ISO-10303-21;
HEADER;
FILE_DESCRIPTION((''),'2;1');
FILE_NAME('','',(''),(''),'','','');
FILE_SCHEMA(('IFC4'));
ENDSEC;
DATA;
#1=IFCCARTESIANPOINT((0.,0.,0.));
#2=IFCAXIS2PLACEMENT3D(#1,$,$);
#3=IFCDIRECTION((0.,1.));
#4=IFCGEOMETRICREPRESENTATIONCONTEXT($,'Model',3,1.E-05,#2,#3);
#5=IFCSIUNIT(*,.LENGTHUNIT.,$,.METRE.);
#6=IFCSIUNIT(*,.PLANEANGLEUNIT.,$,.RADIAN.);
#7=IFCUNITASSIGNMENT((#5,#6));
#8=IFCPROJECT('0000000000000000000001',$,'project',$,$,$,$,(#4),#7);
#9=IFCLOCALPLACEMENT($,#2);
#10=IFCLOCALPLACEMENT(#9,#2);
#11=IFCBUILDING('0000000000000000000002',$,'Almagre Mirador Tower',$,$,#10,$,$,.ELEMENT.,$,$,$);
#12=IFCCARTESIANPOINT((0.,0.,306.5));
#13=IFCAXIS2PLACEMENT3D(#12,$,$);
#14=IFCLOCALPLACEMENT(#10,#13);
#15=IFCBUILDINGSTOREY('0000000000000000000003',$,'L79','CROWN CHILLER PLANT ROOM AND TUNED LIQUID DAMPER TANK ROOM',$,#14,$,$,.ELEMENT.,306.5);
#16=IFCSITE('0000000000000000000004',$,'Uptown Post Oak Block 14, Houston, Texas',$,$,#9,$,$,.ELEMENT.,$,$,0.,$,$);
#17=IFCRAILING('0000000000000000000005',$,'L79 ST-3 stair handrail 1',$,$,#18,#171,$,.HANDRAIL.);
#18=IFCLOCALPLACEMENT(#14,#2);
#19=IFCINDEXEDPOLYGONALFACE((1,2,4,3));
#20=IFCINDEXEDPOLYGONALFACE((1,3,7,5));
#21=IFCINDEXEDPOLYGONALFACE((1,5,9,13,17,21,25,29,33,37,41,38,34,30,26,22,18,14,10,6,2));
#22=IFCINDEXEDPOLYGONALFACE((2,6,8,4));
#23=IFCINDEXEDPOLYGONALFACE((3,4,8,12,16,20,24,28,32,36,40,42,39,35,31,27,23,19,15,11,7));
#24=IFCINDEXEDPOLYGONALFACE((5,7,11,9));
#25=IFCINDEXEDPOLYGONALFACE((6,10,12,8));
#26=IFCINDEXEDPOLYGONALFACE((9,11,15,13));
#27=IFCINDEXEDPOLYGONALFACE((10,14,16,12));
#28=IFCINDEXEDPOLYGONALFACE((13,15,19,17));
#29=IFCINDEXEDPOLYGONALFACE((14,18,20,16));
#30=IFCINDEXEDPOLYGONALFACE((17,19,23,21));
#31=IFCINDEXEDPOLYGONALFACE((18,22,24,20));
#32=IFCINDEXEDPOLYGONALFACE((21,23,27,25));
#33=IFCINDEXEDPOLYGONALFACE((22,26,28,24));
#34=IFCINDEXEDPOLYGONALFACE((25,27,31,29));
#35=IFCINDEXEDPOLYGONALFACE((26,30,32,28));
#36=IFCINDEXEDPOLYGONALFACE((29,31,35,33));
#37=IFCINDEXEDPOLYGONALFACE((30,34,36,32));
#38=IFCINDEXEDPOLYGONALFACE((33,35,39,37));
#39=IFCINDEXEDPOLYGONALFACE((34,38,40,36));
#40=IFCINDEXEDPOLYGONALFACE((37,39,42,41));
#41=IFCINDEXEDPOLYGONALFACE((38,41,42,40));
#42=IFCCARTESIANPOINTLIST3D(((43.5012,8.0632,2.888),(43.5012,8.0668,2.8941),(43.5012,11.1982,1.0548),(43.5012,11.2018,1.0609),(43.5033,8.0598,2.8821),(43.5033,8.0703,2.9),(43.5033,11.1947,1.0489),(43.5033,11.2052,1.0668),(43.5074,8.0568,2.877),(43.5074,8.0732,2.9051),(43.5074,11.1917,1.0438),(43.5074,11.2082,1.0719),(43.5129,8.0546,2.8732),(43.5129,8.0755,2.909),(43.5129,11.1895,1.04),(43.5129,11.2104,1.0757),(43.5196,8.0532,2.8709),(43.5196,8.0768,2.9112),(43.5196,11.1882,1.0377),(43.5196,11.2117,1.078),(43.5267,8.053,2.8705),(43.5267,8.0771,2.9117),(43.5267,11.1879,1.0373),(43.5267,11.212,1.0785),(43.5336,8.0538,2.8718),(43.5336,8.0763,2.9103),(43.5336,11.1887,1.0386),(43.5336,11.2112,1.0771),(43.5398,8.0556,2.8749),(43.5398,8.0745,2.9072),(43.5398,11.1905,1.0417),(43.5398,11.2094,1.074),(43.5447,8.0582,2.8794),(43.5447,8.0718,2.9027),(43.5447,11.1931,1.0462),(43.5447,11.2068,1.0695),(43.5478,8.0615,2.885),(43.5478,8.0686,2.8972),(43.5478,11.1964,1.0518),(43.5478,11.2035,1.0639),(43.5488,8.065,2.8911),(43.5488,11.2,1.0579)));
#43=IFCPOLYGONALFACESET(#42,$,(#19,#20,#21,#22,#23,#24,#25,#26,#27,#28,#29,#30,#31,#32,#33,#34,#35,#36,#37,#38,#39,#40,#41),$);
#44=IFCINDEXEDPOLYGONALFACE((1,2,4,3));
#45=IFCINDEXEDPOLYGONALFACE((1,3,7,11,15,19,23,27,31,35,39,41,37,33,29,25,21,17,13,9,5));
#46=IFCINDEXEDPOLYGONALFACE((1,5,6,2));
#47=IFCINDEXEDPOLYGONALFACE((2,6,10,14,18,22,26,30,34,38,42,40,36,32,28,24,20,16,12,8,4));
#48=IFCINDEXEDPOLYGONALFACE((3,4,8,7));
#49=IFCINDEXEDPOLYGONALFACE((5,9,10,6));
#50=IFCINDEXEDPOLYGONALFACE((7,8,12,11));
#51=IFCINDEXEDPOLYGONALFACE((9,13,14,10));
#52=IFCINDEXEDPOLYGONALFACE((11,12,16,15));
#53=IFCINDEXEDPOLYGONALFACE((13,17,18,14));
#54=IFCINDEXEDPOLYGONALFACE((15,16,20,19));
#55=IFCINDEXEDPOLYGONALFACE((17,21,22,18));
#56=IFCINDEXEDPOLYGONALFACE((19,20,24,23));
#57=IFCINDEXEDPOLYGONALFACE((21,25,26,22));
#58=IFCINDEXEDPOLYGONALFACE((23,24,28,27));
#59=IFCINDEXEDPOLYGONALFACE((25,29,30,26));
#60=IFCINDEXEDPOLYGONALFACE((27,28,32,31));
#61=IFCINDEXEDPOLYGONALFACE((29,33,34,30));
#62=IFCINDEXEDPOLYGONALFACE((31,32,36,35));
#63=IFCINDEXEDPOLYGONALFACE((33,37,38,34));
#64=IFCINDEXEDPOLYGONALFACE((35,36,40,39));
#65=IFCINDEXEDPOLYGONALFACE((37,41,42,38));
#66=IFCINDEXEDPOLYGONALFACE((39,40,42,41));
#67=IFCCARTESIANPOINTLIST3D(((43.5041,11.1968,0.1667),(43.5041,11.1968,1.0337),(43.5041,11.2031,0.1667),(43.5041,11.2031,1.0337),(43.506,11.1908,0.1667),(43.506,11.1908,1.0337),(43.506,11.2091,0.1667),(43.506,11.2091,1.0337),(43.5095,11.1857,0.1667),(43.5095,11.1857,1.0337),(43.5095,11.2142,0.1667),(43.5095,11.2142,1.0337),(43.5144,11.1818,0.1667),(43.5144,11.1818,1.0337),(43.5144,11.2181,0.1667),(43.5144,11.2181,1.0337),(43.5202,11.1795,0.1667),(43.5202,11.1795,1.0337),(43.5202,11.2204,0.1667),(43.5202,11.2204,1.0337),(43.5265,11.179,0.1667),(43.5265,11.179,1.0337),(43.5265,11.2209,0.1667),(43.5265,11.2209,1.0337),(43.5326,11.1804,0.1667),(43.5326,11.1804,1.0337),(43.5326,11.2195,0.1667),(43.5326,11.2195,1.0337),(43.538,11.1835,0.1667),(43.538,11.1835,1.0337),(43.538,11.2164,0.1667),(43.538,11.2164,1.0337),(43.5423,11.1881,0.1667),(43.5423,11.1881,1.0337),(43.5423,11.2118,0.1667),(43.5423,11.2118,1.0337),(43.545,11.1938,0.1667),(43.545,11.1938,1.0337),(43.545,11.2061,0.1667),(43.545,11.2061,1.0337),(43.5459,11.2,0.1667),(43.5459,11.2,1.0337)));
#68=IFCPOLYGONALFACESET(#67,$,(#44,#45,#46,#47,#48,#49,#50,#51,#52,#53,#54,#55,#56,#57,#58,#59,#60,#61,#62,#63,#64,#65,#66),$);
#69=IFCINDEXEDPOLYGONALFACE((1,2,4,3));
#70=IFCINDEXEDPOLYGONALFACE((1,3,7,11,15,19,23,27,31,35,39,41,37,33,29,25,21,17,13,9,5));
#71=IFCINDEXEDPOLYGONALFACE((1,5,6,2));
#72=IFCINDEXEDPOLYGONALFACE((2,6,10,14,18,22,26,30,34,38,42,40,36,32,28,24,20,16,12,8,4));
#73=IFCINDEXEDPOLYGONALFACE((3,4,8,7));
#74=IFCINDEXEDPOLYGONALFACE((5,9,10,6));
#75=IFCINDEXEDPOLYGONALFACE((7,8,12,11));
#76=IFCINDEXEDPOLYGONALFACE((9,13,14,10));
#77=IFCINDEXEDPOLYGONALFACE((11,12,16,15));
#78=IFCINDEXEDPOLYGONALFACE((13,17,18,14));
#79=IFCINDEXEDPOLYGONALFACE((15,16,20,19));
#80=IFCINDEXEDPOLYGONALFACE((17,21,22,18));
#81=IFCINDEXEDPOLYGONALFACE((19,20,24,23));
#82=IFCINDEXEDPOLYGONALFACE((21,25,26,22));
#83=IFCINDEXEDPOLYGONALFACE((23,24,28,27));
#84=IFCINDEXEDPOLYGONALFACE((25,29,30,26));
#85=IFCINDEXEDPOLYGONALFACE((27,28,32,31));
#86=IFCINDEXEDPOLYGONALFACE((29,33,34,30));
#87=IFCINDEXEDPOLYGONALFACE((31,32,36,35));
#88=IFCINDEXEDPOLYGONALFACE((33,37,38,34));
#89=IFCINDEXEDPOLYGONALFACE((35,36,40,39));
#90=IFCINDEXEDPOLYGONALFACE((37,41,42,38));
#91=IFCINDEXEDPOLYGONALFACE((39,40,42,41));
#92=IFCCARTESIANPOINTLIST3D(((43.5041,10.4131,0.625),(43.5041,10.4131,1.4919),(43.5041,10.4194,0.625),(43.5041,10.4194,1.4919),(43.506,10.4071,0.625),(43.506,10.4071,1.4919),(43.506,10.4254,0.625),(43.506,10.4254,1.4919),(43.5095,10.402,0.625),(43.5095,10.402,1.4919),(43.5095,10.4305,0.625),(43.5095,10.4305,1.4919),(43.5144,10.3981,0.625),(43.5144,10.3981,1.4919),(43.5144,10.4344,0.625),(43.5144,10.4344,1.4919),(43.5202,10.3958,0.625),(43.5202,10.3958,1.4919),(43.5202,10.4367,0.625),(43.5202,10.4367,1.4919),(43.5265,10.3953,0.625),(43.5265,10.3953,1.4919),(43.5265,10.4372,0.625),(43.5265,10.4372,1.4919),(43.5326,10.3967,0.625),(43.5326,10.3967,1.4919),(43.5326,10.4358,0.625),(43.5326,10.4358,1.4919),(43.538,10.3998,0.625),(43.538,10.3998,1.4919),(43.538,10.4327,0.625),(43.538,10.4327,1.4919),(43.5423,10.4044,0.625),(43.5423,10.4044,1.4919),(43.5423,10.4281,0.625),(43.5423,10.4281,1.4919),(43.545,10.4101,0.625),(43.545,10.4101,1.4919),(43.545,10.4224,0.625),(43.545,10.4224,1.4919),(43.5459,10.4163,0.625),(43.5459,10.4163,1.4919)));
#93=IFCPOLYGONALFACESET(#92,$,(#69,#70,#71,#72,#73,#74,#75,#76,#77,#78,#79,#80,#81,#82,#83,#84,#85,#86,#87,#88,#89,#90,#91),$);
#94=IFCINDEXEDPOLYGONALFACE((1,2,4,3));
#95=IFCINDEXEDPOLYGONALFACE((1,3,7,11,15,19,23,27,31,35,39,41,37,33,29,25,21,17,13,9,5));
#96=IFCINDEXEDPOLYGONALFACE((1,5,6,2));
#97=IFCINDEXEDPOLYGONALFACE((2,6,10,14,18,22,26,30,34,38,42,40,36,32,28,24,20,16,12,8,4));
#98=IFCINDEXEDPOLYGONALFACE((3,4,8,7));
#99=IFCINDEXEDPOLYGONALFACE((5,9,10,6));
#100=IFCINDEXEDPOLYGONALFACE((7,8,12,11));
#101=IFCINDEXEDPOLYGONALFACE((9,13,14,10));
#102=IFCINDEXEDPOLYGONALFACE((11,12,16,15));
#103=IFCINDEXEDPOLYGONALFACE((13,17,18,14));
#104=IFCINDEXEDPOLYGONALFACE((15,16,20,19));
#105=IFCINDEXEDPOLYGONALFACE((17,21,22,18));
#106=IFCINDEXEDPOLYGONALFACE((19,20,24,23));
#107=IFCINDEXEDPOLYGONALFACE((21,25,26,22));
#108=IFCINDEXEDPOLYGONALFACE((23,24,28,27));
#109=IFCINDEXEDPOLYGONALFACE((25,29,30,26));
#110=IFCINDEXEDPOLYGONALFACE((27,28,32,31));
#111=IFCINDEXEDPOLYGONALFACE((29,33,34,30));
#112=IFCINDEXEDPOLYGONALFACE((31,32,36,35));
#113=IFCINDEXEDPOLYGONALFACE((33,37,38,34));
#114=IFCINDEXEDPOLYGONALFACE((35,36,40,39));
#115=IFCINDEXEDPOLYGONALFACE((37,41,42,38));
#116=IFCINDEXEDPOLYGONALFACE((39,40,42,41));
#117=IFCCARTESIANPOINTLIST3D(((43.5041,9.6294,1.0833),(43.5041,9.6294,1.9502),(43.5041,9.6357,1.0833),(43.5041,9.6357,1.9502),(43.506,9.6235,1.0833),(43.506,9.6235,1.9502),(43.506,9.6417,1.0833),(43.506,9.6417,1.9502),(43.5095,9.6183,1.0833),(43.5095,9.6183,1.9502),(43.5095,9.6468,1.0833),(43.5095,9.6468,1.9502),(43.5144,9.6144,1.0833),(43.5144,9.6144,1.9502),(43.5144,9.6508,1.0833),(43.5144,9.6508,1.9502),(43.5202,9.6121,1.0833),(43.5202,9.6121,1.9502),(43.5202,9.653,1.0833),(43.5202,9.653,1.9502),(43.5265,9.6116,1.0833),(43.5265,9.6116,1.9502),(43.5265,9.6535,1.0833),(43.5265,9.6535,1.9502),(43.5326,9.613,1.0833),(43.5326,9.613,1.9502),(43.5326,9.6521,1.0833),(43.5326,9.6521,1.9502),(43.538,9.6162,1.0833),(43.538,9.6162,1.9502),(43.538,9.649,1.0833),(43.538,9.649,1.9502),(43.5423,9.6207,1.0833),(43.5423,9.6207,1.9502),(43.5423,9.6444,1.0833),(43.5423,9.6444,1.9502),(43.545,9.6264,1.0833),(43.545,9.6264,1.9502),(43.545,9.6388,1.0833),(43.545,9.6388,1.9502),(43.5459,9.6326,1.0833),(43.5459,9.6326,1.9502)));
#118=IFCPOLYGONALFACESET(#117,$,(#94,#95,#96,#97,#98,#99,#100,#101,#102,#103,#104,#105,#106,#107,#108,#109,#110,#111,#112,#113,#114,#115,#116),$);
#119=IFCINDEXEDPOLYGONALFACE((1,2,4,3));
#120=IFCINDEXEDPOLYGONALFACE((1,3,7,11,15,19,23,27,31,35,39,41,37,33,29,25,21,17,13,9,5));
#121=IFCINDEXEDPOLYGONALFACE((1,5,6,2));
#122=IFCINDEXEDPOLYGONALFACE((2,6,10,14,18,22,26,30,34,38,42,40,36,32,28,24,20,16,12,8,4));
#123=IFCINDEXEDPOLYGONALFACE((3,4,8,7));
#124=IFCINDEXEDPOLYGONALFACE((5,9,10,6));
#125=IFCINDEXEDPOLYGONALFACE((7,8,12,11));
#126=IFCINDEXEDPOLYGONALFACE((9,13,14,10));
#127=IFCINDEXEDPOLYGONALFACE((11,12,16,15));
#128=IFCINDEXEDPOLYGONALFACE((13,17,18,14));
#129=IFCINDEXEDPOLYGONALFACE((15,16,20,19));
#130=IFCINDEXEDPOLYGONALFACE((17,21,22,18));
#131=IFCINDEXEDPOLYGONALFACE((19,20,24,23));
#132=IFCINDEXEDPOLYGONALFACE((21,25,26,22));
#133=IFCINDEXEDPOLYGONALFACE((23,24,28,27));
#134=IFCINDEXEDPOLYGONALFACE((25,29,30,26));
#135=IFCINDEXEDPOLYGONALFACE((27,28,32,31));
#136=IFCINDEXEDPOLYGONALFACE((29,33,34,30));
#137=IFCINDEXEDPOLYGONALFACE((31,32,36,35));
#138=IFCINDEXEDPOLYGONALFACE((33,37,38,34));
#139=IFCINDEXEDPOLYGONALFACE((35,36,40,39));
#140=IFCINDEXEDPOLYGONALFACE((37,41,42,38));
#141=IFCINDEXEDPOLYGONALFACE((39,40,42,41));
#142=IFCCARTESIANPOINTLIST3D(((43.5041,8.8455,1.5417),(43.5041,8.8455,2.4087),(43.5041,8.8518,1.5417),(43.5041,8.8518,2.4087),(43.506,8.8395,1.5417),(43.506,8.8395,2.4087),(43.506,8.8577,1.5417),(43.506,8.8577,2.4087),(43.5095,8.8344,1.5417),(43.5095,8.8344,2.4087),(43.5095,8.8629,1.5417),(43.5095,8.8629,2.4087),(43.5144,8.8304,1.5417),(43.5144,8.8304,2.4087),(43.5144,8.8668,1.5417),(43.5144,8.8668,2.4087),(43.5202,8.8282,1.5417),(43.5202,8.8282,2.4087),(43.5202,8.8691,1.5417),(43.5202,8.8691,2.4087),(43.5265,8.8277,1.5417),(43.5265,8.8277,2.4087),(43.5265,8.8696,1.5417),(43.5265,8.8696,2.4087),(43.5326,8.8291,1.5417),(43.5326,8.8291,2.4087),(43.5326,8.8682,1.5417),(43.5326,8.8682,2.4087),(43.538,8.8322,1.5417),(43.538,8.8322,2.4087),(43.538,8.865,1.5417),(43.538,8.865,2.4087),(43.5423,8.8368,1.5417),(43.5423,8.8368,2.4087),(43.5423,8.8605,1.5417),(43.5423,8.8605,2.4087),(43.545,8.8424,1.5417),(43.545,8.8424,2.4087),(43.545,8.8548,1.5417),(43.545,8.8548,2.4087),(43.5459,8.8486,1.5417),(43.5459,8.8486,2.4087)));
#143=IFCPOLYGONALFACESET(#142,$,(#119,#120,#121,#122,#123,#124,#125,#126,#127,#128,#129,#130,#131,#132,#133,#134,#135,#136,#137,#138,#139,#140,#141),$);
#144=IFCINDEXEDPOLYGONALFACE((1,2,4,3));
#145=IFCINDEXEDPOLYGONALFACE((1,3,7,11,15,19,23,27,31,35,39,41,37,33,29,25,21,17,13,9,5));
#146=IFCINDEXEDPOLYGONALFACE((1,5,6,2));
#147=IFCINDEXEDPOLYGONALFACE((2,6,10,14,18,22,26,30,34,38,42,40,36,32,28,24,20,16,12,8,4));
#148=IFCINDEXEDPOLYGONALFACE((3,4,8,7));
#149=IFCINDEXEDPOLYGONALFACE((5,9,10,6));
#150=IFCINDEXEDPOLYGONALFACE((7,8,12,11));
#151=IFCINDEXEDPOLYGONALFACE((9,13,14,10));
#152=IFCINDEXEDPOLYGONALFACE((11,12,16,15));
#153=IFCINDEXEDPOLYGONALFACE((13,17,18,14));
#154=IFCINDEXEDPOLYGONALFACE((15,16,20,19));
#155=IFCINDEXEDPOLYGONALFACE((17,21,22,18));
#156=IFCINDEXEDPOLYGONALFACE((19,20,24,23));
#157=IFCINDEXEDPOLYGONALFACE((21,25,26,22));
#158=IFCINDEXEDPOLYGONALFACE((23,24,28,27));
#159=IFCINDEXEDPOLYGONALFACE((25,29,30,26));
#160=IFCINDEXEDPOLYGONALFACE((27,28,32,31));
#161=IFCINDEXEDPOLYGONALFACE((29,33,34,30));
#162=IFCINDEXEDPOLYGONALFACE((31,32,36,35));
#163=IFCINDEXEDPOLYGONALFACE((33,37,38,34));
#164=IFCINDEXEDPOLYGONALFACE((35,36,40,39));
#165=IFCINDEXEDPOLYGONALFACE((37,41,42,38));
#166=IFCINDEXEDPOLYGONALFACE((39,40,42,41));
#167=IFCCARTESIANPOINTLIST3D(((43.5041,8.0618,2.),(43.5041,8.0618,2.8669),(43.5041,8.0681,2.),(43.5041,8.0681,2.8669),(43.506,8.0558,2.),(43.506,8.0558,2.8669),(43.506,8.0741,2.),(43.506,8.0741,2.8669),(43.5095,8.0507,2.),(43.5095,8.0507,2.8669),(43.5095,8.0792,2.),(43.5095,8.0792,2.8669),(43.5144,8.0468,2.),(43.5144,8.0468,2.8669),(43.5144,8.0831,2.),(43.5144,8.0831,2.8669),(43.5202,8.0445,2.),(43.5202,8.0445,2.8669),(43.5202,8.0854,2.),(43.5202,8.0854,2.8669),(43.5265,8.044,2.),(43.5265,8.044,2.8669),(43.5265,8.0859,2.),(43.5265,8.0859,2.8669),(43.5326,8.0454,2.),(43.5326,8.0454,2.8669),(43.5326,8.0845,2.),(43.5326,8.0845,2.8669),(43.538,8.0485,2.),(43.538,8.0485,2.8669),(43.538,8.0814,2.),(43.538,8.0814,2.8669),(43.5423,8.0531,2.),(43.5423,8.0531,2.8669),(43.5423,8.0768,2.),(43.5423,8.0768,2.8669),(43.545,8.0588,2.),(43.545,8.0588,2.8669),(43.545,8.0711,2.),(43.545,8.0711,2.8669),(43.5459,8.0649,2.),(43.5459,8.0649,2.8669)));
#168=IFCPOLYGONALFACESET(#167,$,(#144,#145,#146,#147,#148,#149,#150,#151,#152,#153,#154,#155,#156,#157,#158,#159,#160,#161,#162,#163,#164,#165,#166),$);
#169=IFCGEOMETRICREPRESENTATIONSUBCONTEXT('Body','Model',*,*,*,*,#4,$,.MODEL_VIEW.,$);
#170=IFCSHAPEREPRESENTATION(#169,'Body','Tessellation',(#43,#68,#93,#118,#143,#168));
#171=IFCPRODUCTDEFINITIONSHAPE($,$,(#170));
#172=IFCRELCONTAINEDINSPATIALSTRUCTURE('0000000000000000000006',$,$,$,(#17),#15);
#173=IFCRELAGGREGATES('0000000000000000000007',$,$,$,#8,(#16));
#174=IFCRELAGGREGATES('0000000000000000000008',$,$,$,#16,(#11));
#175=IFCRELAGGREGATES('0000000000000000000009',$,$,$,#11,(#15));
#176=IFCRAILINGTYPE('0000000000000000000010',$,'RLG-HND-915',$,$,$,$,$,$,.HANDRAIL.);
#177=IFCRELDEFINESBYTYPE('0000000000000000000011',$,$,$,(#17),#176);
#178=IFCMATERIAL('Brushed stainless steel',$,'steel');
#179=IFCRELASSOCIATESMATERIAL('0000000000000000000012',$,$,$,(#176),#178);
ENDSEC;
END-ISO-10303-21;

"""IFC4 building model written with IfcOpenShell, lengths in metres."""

from ifc_helpers import new_model, si_unit, direction, frame, origin, origin_2d, place, context, subcontext, project, spatial, circle, extrude, material, type_object, element, save


model = new_model("IFC4")

# Units and contexts
model_context = context("Model", 3, precision=1e-05, world=origin(), true_north=direction((0.0, 1.0)))
body_context = subcontext(model_context, "Body", "Model", "MODEL_VIEW")
ifc_project = project(units=[si_unit("LENGTHUNIT", "METRE"), si_unit("PLANEANGLEUNIT", "RADIAN")], contexts=[model_context])

# Site, building, storey
site_placement = place(None, origin())
site = spatial("IfcSite", under=ifc_project, at=site_placement, Name="Uptown Post Oak Block 14, Houston, Texas", CompositionType="ELEMENT", RefElevation=0.0)
building_placement = place(site_placement, origin())
building = spatial("IfcBuilding", under=site, at=building_placement, Name="Almagre Mirador Tower", CompositionType="ELEMENT")
storey_placement = place(building_placement, frame((0.0, 0.0, 306.5)))
storey = spatial("IfcBuildingStorey", under=building, at=storey_placement, Name="L79", Description="CROWN CHILLER PLANT ROOM AND TUNED LIQUID DAMPER TANK ROOM", CompositionType="ELEMENT", Elevation=306.5)

# Railing
ifc_material_1 = material(Name="Brushed stainless steel", Category="steel")
railing_type_1 = type_object("IfcRailingType", Name="RLG-HND-915", PredefinedType="HANDRAIL", material=ifc_material_1)
railing_1_placement = place(storey_placement, frame((43.5249, 11.2, 0.1667)))
element("IfcRailing", 1, at=railing_1_placement, inside=storey, type_object=railing_type_1, Name="L79 ST-3 stair handrail 1", PredefinedType="HANDRAIL", context=body_context, shape_type="SweptSolid", body=[
    extrude(circle(Radius=0.0239, at=origin_2d()), frame((0.0, 0.0, 0.8911), z_axis=(0.0, -0.86324, 0.504794), x_axis=(1.0, 0.0, 0.0)), (0.0, 0.0, 1.0), 3.6316),
    extrude(circle(Radius=0.021, at=origin_2d()), origin(), (0.0, 0.0, 1.0), 0.8669),
    extrude(circle(Radius=0.021, at=origin_2d()), frame((0.0, -0.7837, 0.4583)), (0.0, 0.0, 1.0), 0.8669),
    extrude(circle(Radius=0.021, at=origin_2d()), frame((0.0, -1.5674, 0.9165)), (0.0, 0.0, 1.0), 0.8669),
    extrude(circle(Radius=0.021, at=origin_2d()), frame((0.0, -2.3513, 1.375)), (0.0, 0.0, 1.0), 0.8669),
    extrude(circle(Radius=0.021, at=origin_2d()), frame((0.0, -3.135, 1.8333)), (0.0, 0.0, 1.0), 0.8669),
])

save(model, "model.ifc")
